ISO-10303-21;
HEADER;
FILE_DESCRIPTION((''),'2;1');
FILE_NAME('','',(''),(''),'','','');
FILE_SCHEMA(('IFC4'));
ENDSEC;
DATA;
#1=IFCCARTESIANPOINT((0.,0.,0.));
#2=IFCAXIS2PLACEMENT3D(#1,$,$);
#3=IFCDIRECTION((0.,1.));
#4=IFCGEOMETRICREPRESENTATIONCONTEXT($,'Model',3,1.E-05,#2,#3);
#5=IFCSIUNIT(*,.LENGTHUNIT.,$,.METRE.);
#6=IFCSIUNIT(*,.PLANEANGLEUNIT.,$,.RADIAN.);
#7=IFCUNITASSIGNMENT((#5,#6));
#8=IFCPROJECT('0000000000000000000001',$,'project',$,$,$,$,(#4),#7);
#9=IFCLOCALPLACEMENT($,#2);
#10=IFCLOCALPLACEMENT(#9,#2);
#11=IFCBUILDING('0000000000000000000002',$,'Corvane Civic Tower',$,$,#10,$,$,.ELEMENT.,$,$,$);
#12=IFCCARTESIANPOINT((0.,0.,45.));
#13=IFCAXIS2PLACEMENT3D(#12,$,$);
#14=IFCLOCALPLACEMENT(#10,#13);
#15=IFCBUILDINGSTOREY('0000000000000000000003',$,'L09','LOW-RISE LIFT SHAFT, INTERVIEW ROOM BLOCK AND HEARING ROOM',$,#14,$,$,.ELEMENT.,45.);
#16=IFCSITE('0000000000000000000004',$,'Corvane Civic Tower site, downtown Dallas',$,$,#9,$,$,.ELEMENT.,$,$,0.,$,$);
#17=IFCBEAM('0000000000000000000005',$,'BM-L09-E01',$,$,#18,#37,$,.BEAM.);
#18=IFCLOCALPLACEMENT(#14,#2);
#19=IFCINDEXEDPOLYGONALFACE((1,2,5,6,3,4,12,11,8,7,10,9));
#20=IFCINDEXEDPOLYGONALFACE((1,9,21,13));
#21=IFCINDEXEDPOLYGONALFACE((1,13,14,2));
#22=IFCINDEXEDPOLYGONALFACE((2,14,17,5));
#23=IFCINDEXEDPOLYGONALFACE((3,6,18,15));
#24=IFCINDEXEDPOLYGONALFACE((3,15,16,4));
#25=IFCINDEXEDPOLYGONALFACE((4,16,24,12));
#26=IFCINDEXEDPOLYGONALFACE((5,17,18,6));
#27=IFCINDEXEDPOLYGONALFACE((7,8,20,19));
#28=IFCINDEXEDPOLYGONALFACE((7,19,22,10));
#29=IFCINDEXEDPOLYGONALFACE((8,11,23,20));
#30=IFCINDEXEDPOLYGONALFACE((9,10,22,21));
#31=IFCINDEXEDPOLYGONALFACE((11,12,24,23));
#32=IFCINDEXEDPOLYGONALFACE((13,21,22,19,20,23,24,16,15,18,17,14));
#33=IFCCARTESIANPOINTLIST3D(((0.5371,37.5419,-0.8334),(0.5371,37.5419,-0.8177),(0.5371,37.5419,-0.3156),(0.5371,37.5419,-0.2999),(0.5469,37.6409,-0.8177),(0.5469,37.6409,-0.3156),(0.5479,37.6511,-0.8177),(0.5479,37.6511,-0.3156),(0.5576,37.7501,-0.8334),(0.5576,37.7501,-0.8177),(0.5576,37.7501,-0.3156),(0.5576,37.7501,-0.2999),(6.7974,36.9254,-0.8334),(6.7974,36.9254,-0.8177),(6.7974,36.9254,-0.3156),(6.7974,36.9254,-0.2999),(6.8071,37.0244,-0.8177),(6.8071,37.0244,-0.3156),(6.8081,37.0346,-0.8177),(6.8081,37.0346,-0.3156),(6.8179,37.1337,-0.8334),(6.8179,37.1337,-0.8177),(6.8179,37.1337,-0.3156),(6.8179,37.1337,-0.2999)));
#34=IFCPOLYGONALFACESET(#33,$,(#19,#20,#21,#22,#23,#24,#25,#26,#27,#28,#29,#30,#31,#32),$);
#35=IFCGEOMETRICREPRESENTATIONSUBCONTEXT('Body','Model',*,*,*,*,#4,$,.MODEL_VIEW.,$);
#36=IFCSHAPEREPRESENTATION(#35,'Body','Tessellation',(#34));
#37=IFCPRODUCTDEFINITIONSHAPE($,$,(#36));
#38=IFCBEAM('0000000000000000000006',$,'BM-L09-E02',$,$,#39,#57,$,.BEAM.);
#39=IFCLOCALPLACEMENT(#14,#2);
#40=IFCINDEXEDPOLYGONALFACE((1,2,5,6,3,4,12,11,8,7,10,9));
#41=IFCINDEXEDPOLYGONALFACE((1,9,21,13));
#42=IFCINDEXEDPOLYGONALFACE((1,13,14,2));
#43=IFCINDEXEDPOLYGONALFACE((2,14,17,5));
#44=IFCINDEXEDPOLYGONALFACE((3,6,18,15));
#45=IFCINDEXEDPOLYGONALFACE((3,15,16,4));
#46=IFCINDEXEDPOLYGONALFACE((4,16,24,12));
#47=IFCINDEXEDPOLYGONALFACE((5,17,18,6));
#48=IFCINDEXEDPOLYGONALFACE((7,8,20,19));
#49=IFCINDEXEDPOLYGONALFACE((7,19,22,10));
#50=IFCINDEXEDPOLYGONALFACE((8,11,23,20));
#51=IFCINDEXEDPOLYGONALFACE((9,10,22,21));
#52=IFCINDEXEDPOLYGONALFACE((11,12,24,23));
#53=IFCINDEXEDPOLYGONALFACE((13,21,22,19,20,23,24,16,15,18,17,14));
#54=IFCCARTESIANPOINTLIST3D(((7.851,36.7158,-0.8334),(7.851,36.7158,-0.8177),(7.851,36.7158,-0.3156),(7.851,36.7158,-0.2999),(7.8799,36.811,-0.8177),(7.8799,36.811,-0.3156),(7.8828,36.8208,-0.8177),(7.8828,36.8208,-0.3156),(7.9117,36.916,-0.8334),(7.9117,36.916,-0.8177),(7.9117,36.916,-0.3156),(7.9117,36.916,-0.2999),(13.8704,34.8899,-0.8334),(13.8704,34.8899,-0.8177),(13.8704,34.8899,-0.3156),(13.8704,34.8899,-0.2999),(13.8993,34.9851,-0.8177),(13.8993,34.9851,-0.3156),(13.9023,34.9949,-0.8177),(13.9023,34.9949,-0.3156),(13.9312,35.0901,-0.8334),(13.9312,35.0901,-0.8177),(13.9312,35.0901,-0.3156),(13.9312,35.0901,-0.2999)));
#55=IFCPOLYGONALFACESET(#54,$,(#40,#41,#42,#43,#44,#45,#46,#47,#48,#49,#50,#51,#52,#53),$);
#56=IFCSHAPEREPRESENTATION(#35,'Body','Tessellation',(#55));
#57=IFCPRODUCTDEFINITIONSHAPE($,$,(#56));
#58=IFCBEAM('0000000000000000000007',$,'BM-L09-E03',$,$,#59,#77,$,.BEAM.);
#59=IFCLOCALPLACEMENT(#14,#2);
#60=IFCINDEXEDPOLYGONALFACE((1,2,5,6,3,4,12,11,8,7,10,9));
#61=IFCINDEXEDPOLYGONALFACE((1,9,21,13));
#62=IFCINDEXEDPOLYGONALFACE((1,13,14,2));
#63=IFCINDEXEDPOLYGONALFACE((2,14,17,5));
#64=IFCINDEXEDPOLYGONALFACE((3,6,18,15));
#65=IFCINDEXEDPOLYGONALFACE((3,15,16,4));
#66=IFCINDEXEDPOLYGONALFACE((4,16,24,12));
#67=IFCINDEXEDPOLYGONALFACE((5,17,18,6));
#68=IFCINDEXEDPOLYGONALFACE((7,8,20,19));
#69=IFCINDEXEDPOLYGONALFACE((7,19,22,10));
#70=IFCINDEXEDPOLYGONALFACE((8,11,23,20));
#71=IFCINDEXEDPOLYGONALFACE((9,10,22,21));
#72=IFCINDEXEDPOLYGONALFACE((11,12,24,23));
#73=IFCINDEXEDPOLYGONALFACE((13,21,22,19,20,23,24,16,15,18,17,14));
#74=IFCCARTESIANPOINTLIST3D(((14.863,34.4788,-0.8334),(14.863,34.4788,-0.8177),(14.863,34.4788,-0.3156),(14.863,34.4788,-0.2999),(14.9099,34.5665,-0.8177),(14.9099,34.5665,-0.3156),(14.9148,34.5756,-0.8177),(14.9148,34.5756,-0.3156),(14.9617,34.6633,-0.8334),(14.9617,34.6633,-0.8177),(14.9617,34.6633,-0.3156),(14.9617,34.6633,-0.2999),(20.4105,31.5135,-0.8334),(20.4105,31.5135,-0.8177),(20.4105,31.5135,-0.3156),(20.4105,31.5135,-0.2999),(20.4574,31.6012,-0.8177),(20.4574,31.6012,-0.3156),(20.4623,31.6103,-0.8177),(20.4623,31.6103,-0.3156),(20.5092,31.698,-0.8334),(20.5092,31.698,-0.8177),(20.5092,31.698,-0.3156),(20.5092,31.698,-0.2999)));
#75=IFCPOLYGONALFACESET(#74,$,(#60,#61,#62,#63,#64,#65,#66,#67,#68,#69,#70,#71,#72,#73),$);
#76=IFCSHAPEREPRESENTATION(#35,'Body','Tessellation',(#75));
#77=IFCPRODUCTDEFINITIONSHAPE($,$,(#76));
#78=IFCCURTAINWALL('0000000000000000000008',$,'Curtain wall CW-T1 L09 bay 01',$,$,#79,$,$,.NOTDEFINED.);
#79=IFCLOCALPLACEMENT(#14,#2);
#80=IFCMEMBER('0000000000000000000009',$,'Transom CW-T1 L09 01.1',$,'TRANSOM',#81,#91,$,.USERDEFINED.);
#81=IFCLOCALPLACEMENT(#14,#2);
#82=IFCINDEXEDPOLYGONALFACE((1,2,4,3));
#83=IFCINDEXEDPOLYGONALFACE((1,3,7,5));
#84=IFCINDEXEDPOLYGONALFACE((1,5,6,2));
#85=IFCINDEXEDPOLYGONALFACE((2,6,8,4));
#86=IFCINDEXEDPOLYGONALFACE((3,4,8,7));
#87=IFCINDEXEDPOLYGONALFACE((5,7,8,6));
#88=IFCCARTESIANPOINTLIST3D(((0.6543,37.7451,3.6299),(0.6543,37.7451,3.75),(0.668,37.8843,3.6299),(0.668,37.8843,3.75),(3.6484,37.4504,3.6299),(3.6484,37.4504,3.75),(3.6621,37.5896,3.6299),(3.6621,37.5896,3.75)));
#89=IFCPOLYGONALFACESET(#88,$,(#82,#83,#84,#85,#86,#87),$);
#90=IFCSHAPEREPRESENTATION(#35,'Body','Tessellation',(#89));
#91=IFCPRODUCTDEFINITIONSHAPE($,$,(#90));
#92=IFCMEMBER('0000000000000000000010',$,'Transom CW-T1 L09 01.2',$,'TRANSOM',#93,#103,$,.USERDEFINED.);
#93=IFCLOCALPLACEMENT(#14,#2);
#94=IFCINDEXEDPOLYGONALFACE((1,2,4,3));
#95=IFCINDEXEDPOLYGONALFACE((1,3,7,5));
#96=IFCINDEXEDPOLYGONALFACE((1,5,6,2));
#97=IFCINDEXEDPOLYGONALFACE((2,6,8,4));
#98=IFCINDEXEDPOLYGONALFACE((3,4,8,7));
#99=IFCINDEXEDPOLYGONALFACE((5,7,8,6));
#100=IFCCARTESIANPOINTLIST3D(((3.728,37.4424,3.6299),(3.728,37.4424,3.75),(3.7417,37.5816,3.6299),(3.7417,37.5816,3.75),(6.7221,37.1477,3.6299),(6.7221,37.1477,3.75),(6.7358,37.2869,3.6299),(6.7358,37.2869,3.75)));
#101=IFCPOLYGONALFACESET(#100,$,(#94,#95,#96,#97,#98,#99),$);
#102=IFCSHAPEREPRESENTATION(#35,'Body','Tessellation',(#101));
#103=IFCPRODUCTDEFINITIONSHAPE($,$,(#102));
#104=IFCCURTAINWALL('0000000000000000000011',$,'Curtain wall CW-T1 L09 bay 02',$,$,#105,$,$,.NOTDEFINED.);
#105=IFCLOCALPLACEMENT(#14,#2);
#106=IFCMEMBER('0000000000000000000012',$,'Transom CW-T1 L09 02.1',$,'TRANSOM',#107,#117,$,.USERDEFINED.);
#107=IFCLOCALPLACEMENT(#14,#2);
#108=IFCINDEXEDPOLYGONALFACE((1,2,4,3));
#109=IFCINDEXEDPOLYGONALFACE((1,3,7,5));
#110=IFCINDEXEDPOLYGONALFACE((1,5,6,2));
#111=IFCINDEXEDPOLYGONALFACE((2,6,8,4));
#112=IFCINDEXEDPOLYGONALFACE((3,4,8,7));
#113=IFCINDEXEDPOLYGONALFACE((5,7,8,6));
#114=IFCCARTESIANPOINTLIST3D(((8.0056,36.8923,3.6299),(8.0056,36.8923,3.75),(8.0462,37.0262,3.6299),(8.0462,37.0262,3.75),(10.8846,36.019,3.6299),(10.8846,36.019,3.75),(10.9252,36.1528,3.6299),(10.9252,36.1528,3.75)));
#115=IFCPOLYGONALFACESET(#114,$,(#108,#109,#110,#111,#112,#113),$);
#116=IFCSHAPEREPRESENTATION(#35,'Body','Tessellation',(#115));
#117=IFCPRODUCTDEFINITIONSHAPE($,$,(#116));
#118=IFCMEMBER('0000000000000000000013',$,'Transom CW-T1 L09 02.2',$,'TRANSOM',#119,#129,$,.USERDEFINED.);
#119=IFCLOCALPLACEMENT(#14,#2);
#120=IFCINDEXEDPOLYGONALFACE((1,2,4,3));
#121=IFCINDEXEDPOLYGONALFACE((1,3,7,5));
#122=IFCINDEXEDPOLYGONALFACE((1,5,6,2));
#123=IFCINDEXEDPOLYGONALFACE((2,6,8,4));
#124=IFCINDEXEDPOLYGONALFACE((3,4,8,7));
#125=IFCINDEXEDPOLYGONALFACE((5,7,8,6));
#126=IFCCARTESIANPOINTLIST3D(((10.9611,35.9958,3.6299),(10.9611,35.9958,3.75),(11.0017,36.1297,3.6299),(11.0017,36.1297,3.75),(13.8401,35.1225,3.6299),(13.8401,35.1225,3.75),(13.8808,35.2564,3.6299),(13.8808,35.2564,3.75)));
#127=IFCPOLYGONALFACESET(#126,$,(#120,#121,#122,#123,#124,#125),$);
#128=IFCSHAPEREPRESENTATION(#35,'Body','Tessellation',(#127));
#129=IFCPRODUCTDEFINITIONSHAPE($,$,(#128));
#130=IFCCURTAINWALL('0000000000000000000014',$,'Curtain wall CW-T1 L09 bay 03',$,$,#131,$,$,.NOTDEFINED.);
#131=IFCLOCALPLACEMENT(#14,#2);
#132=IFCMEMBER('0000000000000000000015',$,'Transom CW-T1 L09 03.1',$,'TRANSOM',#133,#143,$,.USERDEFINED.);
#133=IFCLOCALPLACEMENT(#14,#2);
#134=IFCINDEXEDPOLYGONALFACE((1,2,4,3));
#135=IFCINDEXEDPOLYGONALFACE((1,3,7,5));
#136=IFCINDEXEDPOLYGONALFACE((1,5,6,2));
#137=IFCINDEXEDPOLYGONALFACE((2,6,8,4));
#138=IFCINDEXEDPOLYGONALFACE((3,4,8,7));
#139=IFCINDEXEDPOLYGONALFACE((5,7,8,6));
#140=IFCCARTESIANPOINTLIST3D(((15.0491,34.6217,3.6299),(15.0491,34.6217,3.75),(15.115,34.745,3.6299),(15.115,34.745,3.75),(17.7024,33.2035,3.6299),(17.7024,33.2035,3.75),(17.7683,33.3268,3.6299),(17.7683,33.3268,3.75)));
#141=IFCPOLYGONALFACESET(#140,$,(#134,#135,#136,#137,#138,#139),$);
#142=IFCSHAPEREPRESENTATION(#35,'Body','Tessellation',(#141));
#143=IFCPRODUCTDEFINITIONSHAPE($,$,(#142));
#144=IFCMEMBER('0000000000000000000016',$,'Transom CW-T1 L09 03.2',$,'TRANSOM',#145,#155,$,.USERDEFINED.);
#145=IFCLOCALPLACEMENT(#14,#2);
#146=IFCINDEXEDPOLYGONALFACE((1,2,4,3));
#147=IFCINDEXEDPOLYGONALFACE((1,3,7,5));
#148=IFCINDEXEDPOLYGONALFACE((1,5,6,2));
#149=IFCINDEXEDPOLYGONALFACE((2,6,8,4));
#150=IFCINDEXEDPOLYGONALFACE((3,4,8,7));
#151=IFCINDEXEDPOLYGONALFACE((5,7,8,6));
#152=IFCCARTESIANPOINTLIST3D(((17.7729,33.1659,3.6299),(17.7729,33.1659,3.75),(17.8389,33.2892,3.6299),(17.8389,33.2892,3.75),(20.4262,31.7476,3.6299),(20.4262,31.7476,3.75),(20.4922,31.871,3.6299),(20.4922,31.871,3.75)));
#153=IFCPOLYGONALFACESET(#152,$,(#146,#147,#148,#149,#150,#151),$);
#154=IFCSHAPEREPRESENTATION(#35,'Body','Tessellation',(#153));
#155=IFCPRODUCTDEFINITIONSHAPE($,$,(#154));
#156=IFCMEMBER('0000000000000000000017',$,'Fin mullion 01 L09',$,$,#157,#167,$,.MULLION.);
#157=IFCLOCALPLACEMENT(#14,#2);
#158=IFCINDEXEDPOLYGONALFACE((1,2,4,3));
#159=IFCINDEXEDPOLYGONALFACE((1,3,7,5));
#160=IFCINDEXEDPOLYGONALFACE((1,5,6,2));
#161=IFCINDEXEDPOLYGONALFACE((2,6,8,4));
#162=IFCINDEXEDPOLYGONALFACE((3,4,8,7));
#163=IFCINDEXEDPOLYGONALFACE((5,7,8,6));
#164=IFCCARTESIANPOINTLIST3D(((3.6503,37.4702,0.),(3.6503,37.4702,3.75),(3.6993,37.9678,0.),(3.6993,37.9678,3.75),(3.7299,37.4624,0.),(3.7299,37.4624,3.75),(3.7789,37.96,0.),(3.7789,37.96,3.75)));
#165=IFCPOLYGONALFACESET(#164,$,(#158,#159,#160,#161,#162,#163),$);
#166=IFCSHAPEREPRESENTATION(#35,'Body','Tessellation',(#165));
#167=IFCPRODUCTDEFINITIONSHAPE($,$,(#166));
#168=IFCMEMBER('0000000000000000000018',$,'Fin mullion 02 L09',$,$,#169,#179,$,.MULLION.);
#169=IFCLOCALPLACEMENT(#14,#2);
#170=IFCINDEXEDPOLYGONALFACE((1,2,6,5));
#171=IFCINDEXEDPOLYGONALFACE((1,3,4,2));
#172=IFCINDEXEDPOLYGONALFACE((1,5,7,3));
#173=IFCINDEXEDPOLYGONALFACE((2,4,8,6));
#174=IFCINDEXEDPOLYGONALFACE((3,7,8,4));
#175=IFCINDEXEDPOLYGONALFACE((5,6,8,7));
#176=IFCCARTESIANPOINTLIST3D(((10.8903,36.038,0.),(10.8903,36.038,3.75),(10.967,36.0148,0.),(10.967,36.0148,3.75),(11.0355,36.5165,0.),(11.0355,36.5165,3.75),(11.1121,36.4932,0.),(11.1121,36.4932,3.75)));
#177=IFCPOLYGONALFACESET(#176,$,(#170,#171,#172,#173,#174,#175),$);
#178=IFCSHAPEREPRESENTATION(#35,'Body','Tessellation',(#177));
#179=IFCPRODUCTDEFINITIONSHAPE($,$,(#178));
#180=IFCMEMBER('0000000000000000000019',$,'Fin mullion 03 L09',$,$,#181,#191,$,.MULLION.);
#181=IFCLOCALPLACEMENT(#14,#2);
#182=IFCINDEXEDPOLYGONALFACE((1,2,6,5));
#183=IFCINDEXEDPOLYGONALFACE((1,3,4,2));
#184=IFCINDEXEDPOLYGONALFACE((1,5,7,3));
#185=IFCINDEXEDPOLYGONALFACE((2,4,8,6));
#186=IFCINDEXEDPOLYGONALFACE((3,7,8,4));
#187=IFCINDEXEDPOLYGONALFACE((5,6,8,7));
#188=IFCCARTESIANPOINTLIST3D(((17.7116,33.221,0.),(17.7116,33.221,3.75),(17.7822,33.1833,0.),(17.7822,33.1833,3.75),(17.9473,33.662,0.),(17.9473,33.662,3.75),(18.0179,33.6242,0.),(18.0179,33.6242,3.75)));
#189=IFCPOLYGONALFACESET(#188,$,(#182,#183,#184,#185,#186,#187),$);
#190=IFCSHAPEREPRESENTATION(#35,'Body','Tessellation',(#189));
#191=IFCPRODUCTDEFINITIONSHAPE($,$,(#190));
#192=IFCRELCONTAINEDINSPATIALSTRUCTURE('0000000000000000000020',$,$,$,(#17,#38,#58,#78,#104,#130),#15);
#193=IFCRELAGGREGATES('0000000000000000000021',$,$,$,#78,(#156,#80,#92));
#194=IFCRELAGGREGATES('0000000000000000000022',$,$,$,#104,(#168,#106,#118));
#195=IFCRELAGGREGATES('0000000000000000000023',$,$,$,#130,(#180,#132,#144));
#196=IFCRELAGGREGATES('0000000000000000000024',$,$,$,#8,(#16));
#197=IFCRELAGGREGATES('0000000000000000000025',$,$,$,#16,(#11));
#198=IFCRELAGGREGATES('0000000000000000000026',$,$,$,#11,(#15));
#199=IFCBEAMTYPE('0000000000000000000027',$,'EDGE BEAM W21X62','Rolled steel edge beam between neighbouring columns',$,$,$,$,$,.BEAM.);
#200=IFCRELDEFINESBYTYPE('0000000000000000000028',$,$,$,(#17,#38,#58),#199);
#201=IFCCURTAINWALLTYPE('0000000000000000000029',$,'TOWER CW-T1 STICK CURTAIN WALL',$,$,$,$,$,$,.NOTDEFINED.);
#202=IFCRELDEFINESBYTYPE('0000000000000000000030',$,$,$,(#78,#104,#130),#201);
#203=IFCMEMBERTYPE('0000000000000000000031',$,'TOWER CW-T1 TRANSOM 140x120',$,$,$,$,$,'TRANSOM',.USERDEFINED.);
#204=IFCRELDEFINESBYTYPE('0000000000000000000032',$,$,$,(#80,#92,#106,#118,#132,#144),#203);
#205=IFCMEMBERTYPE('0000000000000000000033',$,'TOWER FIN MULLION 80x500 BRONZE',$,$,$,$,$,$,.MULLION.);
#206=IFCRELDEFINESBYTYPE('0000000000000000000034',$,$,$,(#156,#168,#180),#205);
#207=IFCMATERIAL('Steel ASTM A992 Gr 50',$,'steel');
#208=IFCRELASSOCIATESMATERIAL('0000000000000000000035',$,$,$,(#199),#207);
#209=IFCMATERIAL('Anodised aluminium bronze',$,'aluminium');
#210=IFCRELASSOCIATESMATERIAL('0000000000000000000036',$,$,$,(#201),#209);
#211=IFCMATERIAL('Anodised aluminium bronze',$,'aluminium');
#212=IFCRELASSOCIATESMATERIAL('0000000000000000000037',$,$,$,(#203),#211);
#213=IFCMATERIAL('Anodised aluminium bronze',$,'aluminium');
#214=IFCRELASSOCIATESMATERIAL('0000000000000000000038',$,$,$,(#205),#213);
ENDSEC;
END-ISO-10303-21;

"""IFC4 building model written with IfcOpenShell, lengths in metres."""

from ifc_helpers import new_model, si_unit, direction, frame, origin, origin_2d, place, context, subcontext, project, spatial, rectangle, i_section, extrude, material, material_profile, profile_set, type_object, element, aggregate, save


model = new_model("IFC4")

# Units and contexts
model_context = context("Model", 3, precision=1e-05, world=origin(), true_north=direction((0.0, 1.0)))
body_context = subcontext(model_context, "Body", "Model", "MODEL_VIEW")
ifc_project = project(units=[si_unit("LENGTHUNIT", "METRE"), si_unit("PLANEANGLEUNIT", "RADIAN")], contexts=[model_context])

# Site, building, storey
site_placement = place(None, origin())
site = spatial("IfcSite", under=ifc_project, at=site_placement, Name="Corvane Civic Tower site, downtown Dallas", CompositionType="ELEMENT", RefElevation=0.0)
building_placement = place(site_placement, origin())
building = spatial("IfcBuilding", under=site, at=building_placement, Name="Corvane Civic Tower", CompositionType="ELEMENT")
storey_placement = place(building_placement, frame((0.0, 0.0, 45.0)))
storey = spatial("IfcBuildingStorey", under=building, at=storey_placement, Name="L09", Description="LOW-RISE LIFT SHAFT, INTERVIEW ROOM BLOCK AND HEARING ROOM", CompositionType="ELEMENT", Elevation=45.0)

# Beams
ifc_material_1 = material(Name="Steel ASTM A992 Gr 50", Category="steel")
ifc_material_profile_1 = material_profile(ifc_material_1, i_section(OverallWidth=0.2092, OverallDepth=0.5334, WebThickness=0.0103, FlangeThickness=0.0156, at=origin_2d()), Name="W21X62")
ifc_profile_set_1 = profile_set([ifc_material_profile_1], Name="Steel ASTM A992 Gr 50")
beam_type = type_object("IfcBeamType", Name="EDGE BEAM W21X62", Description="Rolled steel edge beam between neighbouring columns", PredefinedType="BEAM", material=ifc_profile_set_1)
beam_placement = place(storey_placement, frame((0.5474, 37.646, -0.5667), z_axis=(0.995187, -0.097997, 0.0), x_axis=(0.097997, 0.995187, 0.0)))
element("IfcBeam", 1, at=beam_placement, inside=storey, type_object=beam_type, Name="BM-L09-E01", PredefinedType="BEAM", context=body_context, shape_type="SweptSolid", body=[
    extrude(i_section(OverallWidth=0.2092, OverallDepth=0.5334, WebThickness=0.0103, FlangeThickness=0.0156, at=origin_2d()), origin(), (0.0, 0.0, 1.0), 6.2905),
])
for number, where, z_axis, x_axis, name in (
    (2, (7.8813, 36.8159, -0.5667), (0.956944, -0.290273, 0.0), (0.290273, 0.956944, 0.0), "BM-L09-E02"),
    (3, (14.9124, 34.571, -0.5667), (0.881916, -0.471406, 0.0), (0.471406, 0.881916, 0.0), "BM-L09-E03"),
):
    element("IfcBeam", number, at=place(storey_placement, frame(where, z_axis=z_axis, x_axis=x_axis)), inside=storey, type_object=beam_type, Name=name, PredefinedType="BEAM", context=body_context, shape_type="SweptSolid", body=[
        extrude(i_section(OverallWidth=0.2092, OverallDepth=0.5334, WebThickness=0.0103, FlangeThickness=0.0156, at=origin_2d()), origin(), (0.0, 0.0, 1.0), 6.2903),
    ])

# Curtain walls, members
ifc_material_2 = material(Name="Anodised aluminium bronze", Category="aluminium")
curtain_wall_type = type_object("IfcCurtainWallType", Name="TOWER CW-T1 STICK CURTAIN WALL", PredefinedType="NOTDEFINED", material=ifc_material_2)
curtain_wall_1_placement = place(storey_placement, origin())
curtain_wall_1 = element("IfcCurtainWall", 4, at=curtain_wall_1_placement, inside=storey, type_object=curtain_wall_type, Name="Curtain wall CW-T1 L09 bay 01", PredefinedType="NOTDEFINED")
ifc_material_3 = material(Name="Anodised aluminium bronze", Category="aluminium")
ifc_material_profile_2 = material_profile(ifc_material_3, rectangle(XDim=0.1399, YDim=0.1201, at=origin_2d()), Name="TOWER CW-T1 TRANSOM 140x120")
ifc_profile_set_2 = profile_set([ifc_material_profile_2], Name="Anodised aluminium bronze")
member_type_1 = type_object("IfcMemberType", Name="TOWER CW-T1 TRANSOM 140x120", ElementType="TRANSOM", PredefinedType="USERDEFINED", material=ifc_profile_set_2)
member_1_placement = place(storey_placement, frame((0.6611, 37.8147, 3.6899), z_axis=(0.995192, -0.097945, 0.0), x_axis=(0.097945, 0.995192, 0.0)))
member_1 = element("IfcMember", 5, at=member_1_placement, type_object=member_type_1, Name="Transom CW-T1 L09 01.1", ObjectType="TRANSOM", PredefinedType="USERDEFINED", context=body_context, shape_type="SweptSolid", body=[
    extrude(rectangle(XDim=0.1399, YDim=0.1201, at=origin_2d()), origin(), (0.0, 0.0, 1.0), 3.0085),
])
member_2_placement = place(storey_placement, frame((3.7349, 37.512, 3.6899), z_axis=(0.995192, -0.097945, 0.0), x_axis=(0.097945, 0.995192, 0.0)))
member_2 = element("IfcMember", 6, at=member_2_placement, type_object=member_type_1, Name="Transom CW-T1 L09 01.2", ObjectType="TRANSOM", PredefinedType="USERDEFINED", context=body_context, shape_type="SweptSolid", body=[
    extrude(rectangle(XDim=0.1399, YDim=0.1201, at=origin_2d()), origin(), (0.0, 0.0, 1.0), 3.0085),
])
curtain_wall_2_placement = place(storey_placement, origin())
curtain_wall_2 = element("IfcCurtainWall", 7, at=curtain_wall_2_placement, inside=storey, type_object=curtain_wall_type, Name="Curtain wall CW-T1 L09 bay 02", PredefinedType="NOTDEFINED")
member_3_placement = place(storey_placement, frame((8.0259, 36.9592, 3.6899), z_axis=(0.956942, -0.29028, 0.0), x_axis=(0.29028, 0.956942, 0.0)))
member_3 = element("IfcMember", 8, at=member_3_placement, type_object=member_type_1, Name="Transom CW-T1 L09 02.1", ObjectType="TRANSOM", PredefinedType="USERDEFINED", context=body_context, shape_type="SweptSolid", body=[
    extrude(rectangle(XDim=0.1399, YDim=0.1201, at=origin_2d()), origin(), (0.0, 0.0, 1.0), 3.0085),
])
member_4_placement = place(storey_placement, frame((10.9814, 36.0627, 3.6899), z_axis=(0.956942, -0.29028, 0.0), x_axis=(0.29028, 0.956942, 0.0)))
member_4 = element("IfcMember", 9, at=member_4_placement, type_object=member_type_1, Name="Transom CW-T1 L09 02.2", ObjectType="TRANSOM", PredefinedType="USERDEFINED", context=body_context, shape_type="SweptSolid", body=[
    extrude(rectangle(XDim=0.1399, YDim=0.1201, at=origin_2d()), origin(), (0.0, 0.0, 1.0), 3.0085),
])
curtain_wall_3_placement = place(storey_placement, origin())
curtain_wall_3 = element("IfcCurtainWall", 10, at=curtain_wall_3_placement, inside=storey, type_object=curtain_wall_type, Name="Curtain wall CW-T1 L09 bay 03", PredefinedType="NOTDEFINED")
member_5_placement = place(storey_placement, frame((15.082, 34.6833, 3.6899), z_axis=(0.881924, -0.471393, 0.0), x_axis=(0.471393, 0.881924, 0.0)))
member_5 = element("IfcMember", 11, at=member_5_placement, type_object=member_type_1, Name="Transom CW-T1 L09 03.1", ObjectType="TRANSOM", PredefinedType="USERDEFINED", context=body_context, shape_type="SweptSolid", body=[
    extrude(rectangle(XDim=0.1399, YDim=0.1201, at=origin_2d()), origin(), (0.0, 0.0, 1.0), 3.0085),
])
member_6_placement = place(storey_placement, frame((17.8059, 33.2275, 3.6899), z_axis=(0.881924, -0.471393, 0.0), x_axis=(0.471393, 0.881924, 0.0)))
member_6 = element("IfcMember", 12, at=member_6_placement, type_object=member_type_1, Name="Transom CW-T1 L09 03.2", ObjectType="TRANSOM", PredefinedType="USERDEFINED", context=body_context, shape_type="SweptSolid", body=[
    extrude(rectangle(XDim=0.1399, YDim=0.1201, at=origin_2d()), origin(), (0.0, 0.0, 1.0), 3.0085),
])

# Members
ifc_material_4 = material(Name="Anodised aluminium bronze", Category="aluminium")
ifc_material_profile_3 = material_profile(ifc_material_4, rectangle(XDim=0.0801, YDim=0.5, at=origin_2d()), Name="TOWER FIN MULLION 80x500 BRONZE")
ifc_profile_set_3 = profile_set([ifc_material_profile_3], Name="Anodised aluminium bronze")
member_type_2 = type_object("IfcMemberType", Name="TOWER FIN MULLION 80x500 BRONZE", PredefinedType="MULLION", material=ifc_profile_set_3)
member_7_placement = place(storey_placement, frame((3.7146, 37.7151, 0.0), z_axis=(0.0, 0.0, 1.0), x_axis=(0.995186, -0.098006, 0.0)))
member_7 = element("IfcMember", 13, at=member_7_placement, type_object=member_type_2, Name="Fin mullion 01 L09", PredefinedType="MULLION", context=body_context, shape_type="SweptSolid", body=[
    extrude(rectangle(XDim=0.0801, YDim=0.5, at=origin_2d()), origin(), (0.0, 0.0, 1.0), 3.75),
])
member_8_placement = place(storey_placement, frame((11.0012, 36.2656, 0.0), z_axis=(0.0, 0.0, 1.0), x_axis=(0.956942, -0.290278, 0.0)))
member_8 = element("IfcMember", 14, at=member_8_placement, type_object=member_type_2, Name="Fin mullion 02 L09", PredefinedType="MULLION", context=body_context, shape_type="SweptSolid", body=[
    extrude(rectangle(XDim=0.0801, YDim=0.5, at=origin_2d()), origin(), (0.0, 0.0, 1.0), 3.75),
])
member_9_placement = place(storey_placement, frame((17.8647, 33.4226, 0.0), z_axis=(0.0, 0.0, 1.0), x_axis=(0.881918, -0.471404, 0.0)))
member_9 = element("IfcMember", 15, at=member_9_placement, type_object=member_type_2, Name="Fin mullion 03 L09", PredefinedType="MULLION", context=body_context, shape_type="SweptSolid", body=[
    extrude(rectangle(XDim=0.0801, YDim=0.5, at=origin_2d()), origin(), (0.0, 0.0, 1.0), 3.75),
])

aggregate(curtain_wall_1, [member_7, member_1, member_2])
aggregate(curtain_wall_2, [member_8, member_3, member_4])
aggregate(curtain_wall_3, [member_9, member_5, member_6])

save(model, "model.ifc")
